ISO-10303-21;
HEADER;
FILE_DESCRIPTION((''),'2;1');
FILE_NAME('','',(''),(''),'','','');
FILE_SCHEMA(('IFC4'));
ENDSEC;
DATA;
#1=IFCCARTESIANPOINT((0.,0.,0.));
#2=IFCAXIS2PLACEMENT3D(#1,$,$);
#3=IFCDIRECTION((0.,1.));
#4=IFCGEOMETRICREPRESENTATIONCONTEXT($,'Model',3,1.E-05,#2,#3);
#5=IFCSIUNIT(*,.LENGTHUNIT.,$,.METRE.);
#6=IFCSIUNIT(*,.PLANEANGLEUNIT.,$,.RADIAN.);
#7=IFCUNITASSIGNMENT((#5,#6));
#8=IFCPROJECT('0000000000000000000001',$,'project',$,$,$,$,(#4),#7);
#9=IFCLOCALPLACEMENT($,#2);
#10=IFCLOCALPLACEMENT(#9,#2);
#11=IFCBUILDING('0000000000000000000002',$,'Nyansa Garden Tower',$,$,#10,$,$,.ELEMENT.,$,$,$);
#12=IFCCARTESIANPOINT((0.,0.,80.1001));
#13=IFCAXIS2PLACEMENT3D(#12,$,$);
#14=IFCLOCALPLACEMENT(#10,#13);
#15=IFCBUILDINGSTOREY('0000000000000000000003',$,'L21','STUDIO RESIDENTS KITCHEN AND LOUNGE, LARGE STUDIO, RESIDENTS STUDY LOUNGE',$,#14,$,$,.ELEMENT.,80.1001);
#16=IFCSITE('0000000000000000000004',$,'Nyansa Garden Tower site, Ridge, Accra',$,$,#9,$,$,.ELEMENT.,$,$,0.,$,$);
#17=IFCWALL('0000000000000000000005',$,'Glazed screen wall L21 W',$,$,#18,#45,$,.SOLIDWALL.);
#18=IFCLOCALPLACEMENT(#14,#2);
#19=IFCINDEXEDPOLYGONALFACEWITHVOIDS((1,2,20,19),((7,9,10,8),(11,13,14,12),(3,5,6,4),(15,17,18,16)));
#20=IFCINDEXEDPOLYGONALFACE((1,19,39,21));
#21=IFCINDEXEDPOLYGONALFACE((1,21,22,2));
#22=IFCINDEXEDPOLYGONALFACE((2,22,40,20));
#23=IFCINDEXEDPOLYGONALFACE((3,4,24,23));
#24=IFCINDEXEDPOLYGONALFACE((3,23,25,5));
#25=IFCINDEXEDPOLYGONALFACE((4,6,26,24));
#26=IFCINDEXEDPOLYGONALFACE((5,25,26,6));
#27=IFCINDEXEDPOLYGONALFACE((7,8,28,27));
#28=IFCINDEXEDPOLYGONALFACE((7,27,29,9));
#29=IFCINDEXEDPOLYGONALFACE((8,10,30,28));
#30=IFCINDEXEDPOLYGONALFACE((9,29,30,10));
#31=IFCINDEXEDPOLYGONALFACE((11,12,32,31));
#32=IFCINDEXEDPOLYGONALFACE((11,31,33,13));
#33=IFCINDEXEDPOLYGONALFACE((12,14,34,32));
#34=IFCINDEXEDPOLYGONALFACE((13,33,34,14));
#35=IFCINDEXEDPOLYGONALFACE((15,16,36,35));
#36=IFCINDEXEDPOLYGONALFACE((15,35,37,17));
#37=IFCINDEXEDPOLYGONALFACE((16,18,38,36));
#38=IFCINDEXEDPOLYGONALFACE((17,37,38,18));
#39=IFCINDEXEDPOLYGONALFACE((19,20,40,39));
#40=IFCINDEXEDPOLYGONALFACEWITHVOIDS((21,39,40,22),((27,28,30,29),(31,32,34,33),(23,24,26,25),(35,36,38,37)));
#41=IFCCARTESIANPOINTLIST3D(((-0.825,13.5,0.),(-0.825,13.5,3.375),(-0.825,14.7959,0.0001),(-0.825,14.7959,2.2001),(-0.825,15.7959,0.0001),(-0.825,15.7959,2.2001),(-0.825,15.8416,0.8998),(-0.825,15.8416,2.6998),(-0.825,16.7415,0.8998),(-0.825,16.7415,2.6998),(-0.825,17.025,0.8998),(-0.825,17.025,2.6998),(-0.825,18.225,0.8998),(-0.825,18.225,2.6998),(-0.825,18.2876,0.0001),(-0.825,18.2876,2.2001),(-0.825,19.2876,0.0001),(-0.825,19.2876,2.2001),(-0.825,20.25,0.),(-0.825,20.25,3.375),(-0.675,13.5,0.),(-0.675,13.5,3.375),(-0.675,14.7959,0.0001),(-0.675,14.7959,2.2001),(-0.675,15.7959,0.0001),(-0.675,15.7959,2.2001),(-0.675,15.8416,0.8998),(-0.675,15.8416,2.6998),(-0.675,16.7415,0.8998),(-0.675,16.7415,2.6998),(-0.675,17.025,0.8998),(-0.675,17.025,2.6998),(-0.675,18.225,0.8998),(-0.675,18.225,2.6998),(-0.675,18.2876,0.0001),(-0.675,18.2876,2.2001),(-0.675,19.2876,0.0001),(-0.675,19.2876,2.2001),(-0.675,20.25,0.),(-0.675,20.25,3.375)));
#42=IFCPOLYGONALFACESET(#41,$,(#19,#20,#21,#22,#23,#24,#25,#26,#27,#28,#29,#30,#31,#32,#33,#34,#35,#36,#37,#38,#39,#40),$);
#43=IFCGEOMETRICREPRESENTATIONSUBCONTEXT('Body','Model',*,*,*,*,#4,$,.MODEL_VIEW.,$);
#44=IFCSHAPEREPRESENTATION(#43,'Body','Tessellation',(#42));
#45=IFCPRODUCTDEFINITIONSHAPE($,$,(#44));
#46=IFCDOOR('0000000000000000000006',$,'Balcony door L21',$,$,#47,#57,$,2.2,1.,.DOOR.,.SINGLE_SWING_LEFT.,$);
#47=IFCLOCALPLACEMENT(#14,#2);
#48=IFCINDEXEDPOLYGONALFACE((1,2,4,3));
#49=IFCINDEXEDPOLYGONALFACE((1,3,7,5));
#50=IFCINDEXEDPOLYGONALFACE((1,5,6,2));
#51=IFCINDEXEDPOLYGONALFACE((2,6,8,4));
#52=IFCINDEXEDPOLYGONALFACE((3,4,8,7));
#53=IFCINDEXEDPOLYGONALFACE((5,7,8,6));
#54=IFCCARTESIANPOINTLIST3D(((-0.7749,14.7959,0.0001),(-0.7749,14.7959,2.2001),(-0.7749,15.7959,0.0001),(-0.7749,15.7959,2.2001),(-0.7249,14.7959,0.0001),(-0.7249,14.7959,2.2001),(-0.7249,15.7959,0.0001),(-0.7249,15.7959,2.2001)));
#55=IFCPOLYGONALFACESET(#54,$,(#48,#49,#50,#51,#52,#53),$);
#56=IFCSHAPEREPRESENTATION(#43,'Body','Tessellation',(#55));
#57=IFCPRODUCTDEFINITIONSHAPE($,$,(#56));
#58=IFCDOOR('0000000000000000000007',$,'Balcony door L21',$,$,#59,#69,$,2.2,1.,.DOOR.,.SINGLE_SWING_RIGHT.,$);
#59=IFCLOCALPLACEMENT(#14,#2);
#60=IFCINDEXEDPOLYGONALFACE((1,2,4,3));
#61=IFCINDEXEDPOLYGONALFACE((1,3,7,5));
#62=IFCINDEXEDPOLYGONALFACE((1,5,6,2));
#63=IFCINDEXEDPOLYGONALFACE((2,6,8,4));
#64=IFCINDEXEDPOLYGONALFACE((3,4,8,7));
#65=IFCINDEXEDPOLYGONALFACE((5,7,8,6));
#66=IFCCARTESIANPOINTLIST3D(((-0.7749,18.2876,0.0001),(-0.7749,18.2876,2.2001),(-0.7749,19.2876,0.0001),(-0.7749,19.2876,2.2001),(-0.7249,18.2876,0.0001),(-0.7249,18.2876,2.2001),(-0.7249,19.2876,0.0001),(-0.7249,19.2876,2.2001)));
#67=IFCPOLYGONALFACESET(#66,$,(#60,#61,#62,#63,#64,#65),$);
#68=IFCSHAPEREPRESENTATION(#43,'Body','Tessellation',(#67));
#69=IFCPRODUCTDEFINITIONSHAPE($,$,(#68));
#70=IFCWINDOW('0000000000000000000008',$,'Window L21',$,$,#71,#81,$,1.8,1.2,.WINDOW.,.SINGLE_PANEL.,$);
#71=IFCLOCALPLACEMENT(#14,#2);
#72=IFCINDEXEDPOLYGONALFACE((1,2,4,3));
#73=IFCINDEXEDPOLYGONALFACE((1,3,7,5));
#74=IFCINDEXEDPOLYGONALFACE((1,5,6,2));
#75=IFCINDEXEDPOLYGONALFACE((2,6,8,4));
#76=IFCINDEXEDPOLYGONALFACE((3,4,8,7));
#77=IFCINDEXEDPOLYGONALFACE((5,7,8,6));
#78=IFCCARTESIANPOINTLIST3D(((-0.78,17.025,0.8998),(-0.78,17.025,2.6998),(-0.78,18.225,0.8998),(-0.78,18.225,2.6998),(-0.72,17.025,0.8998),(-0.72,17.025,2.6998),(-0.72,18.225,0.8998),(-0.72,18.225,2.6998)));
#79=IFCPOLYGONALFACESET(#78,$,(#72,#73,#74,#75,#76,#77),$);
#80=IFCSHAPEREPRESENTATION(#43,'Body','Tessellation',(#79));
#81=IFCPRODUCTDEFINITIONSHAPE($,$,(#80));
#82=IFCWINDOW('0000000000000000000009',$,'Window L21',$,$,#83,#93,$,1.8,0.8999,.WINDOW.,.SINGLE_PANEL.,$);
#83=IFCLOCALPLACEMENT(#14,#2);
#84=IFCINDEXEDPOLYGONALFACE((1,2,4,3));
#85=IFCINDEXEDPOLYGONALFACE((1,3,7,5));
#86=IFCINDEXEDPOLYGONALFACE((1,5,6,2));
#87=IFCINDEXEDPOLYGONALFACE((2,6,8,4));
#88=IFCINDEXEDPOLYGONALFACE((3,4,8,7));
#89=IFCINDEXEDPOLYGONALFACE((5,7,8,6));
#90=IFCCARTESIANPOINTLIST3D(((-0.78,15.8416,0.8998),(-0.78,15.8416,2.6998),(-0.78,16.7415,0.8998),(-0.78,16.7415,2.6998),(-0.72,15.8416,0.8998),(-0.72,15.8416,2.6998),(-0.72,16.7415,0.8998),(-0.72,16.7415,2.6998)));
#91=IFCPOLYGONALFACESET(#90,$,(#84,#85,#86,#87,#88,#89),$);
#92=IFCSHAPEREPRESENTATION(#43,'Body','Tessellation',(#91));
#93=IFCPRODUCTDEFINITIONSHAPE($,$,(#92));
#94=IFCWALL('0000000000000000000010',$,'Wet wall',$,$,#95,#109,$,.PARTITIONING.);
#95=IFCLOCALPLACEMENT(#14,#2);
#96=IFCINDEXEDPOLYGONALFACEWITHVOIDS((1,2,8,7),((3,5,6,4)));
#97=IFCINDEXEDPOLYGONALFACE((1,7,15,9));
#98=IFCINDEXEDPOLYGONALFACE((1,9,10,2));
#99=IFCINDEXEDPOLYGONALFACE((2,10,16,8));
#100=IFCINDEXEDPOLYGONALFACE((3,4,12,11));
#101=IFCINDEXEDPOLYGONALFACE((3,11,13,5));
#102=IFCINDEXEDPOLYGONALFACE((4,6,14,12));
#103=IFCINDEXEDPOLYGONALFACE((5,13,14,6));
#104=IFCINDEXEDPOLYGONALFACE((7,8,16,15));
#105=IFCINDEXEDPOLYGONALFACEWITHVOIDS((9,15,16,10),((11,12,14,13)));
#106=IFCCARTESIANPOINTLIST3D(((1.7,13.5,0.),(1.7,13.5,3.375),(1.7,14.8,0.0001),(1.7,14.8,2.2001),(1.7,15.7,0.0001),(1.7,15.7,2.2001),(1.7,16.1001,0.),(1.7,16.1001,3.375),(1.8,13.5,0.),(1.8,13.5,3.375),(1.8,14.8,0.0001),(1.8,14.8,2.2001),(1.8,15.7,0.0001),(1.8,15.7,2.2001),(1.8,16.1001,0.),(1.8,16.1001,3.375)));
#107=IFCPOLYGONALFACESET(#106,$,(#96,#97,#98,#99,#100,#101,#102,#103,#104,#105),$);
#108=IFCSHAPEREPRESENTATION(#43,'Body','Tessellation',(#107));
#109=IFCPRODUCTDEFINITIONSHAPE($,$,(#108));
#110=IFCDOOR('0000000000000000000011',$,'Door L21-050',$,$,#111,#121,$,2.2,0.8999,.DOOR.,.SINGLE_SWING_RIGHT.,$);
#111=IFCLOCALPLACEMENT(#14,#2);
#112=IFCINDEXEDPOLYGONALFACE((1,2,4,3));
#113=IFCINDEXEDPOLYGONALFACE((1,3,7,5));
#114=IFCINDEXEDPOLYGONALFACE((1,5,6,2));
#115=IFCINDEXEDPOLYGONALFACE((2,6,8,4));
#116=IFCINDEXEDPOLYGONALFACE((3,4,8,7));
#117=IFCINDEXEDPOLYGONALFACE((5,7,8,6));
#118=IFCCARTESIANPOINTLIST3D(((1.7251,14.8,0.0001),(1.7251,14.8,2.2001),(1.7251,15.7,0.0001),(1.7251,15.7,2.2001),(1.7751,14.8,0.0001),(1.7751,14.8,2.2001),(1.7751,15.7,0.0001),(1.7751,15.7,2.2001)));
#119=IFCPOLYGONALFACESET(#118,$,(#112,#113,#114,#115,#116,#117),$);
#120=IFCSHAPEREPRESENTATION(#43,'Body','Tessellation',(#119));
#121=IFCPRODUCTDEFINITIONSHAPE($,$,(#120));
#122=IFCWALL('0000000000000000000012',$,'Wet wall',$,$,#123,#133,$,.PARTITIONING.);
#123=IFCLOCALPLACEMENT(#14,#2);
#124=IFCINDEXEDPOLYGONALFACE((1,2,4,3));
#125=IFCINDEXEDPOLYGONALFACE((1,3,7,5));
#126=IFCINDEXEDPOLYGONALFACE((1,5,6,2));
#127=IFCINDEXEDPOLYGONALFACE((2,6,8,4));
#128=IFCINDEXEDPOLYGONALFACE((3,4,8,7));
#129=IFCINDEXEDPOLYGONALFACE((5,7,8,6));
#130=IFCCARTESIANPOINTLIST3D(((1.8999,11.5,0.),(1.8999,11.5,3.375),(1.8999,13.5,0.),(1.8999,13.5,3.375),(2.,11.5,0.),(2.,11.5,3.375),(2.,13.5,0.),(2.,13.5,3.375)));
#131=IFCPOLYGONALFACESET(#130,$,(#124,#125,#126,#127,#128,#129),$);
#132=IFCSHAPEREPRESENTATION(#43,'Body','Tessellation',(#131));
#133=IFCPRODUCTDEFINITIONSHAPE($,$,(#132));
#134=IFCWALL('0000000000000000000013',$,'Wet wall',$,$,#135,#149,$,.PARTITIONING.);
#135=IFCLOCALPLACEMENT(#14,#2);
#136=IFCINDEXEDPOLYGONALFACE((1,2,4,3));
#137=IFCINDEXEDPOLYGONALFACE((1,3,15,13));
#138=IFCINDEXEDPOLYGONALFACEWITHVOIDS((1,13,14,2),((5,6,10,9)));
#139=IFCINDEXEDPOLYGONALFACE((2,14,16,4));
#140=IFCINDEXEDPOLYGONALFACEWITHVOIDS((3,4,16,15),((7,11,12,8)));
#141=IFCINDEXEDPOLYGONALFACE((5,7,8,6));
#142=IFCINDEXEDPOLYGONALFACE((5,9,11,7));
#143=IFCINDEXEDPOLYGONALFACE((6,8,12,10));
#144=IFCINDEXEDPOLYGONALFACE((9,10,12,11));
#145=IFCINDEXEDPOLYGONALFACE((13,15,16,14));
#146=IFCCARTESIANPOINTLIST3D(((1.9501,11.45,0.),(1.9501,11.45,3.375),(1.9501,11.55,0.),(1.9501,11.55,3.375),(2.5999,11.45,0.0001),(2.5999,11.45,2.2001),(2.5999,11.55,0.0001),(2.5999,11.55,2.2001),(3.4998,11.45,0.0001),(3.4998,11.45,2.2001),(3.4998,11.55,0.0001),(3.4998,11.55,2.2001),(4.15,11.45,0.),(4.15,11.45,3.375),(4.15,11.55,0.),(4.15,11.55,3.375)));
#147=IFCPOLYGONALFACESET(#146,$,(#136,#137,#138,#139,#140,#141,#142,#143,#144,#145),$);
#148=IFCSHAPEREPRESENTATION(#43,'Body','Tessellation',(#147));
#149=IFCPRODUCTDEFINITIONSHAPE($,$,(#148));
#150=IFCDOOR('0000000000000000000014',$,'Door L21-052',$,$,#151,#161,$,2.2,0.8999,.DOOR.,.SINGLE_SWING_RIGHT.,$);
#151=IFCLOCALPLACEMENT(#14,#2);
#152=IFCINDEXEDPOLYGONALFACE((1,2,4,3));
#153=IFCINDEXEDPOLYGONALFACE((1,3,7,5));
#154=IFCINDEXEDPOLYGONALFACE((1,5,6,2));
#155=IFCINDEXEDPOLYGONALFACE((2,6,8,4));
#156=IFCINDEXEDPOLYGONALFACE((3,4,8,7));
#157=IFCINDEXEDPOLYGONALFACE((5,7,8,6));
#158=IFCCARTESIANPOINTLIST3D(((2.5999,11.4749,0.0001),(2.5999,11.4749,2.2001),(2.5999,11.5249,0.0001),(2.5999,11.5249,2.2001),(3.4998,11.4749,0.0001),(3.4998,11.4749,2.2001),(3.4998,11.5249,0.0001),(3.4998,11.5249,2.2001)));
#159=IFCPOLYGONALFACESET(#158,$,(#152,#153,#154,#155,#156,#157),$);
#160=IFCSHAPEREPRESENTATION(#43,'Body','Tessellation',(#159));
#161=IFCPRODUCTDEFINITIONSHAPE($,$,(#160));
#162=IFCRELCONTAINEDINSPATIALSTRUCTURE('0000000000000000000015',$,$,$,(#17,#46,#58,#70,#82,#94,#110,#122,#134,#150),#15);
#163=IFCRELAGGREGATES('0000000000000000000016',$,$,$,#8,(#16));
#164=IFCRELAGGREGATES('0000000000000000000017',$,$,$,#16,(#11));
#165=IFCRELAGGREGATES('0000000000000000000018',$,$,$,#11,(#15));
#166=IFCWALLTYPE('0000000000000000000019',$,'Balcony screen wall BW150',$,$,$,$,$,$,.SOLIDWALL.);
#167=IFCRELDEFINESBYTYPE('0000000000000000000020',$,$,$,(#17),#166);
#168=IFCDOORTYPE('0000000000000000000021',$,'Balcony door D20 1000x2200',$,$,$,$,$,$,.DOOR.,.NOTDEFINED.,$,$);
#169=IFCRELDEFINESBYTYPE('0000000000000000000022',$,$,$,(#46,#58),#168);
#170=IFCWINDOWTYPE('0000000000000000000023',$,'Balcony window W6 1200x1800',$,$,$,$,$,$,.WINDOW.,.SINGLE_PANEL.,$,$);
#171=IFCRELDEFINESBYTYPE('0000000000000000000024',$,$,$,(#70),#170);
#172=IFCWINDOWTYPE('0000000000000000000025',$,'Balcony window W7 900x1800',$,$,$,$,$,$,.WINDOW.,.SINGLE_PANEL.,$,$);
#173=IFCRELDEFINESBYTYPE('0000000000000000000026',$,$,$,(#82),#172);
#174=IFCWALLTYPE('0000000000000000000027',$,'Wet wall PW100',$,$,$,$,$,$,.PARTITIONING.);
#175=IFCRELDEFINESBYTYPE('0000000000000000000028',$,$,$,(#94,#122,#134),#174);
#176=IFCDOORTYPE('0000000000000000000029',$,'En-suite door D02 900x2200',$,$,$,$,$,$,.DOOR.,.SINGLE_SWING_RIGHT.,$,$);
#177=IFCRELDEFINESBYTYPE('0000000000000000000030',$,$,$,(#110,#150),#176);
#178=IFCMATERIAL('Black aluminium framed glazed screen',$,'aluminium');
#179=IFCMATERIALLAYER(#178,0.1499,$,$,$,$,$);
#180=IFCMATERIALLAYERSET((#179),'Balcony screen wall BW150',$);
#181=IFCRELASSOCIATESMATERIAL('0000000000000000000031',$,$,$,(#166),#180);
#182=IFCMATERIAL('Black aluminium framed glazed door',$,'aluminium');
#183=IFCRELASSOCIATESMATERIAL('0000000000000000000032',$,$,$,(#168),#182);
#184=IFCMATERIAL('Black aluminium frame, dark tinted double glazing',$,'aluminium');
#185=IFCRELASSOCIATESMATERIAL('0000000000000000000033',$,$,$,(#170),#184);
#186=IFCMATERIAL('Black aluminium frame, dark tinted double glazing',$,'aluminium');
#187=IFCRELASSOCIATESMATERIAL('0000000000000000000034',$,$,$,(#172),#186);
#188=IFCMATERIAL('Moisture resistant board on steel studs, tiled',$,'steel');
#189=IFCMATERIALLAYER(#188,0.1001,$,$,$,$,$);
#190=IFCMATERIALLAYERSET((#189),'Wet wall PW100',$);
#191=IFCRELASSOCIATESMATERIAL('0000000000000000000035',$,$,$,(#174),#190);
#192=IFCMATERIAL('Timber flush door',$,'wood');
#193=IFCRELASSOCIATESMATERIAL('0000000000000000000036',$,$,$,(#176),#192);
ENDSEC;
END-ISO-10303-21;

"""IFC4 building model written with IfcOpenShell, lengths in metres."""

from ifc_helpers import new_model, si_unit, direction, frame, frame_2d, origin, place, context, subcontext, project, spatial, rectangle, extrude, material, layer, layer_set, type_object, element, fill, save


model = new_model("IFC4")

# Units and contexts
model_context = context("Model", 3, precision=1e-05, world=origin(), true_north=direction((0.0, 1.0)))
body_context = subcontext(model_context, "Body", "Model", "MODEL_VIEW")
ifc_project = project(units=[si_unit("LENGTHUNIT", "METRE"), si_unit("PLANEANGLEUNIT", "RADIAN")], contexts=[model_context])

# Site, building, storey
site_placement = place(None, origin())
site = spatial("IfcSite", under=ifc_project, at=site_placement, Name="Nyansa Garden Tower site, Ridge, Accra", CompositionType="ELEMENT", RefElevation=0.0)
building_placement = place(site_placement, origin())
building = spatial("IfcBuilding", under=site, at=building_placement, Name="Nyansa Garden Tower", CompositionType="ELEMENT")
storey_placement = place(building_placement, frame((0.0, 0.0, 80.1001)))
storey = spatial("IfcBuildingStorey", under=building, at=storey_placement, Name="L21", Description="STUDIO RESIDENTS KITCHEN AND LOUNGE, LARGE STUDIO, RESIDENTS STUDY LOUNGE", CompositionType="ELEMENT", Elevation=80.1001)

# Wall, openings, doors, windows
ifc_material_1 = material(Name="Black aluminium framed glazed screen", Category="aluminium")
ifc_layer_1 = layer(ifc_material_1, 0.1499)
ifc_layer_set_1 = layer_set([ifc_layer_1], Name="Balcony screen wall BW150")
wall_type_1 = type_object("IfcWallType", Name="Balcony screen wall BW150", PredefinedType="SOLIDWALL", material=ifc_layer_set_1)
wall_1_placement = place(storey_placement, frame((-0.75, 13.5, 0.0), z_axis=(0.0, 0.0, 1.0), x_axis=(0.0, 1.0, 0.0)))
wall_1 = element("IfcWall", 1, at=wall_1_placement, inside=storey, type_object=wall_type_1, Name="Glazed screen wall L21 W", PredefinedType="SOLIDWALL", context=body_context, shape_type="SweptSolid", body=[
    extrude(rectangle(XDim=6.75, YDim=0.1499, at=frame_2d((3.375, 0.0))), origin(), (0.0, 0.0, 1.0), 3.375),
])
opening_1_placement = place(wall_1_placement, frame((1.2959, 0.0, 0.0)))
opening_1 = element("IfcOpeningElement", 2, at=opening_1_placement, cuts=wall_1, PredefinedType="OPENING", context=body_context, shape_type="SweptSolid", body=[
    extrude(rectangle(XDim=1.0, YDim=2.2, at=frame_2d((0.5, 1.1001))), frame((0.0, 0.085, 0.0), z_axis=(0.0, -1.0, 0.0), x_axis=(1.0, 0.0, 0.0)), (0.0, 0.0, 1.0), 0.1699),
])
opening_2_placement = place(wall_1_placement, frame((2.3416, 0.0, 0.8999)))
opening_2 = element("IfcOpeningElement", 3, at=opening_2_placement, cuts=wall_1, PredefinedType="OPENING", context=body_context, shape_type="SweptSolid", body=[
    extrude(rectangle(XDim=0.8999, YDim=1.8, at=frame_2d((0.45, 0.8999))), frame((0.0, 0.085, 0.0), z_axis=(0.0, -1.0, 0.0), x_axis=(1.0, 0.0, 0.0)), (0.0, 0.0, 1.0), 0.1699),
])
opening_3_placement = place(wall_1_placement, frame((4.7876, 0.0, 0.0)))
opening_3 = element("IfcOpeningElement", 4, at=opening_3_placement, cuts=wall_1, PredefinedType="OPENING", context=body_context, shape_type="SweptSolid", body=[
    extrude(rectangle(XDim=1.0, YDim=2.2, at=frame_2d((0.5, 1.1001))), frame((0.0, 0.085, 0.0), z_axis=(0.0, -1.0, 0.0), x_axis=(1.0, 0.0, 0.0)), (0.0, 0.0, 1.0), 0.1699),
])
opening_4_placement = place(wall_1_placement, frame((3.5249, 0.0, 0.8999)))
opening_4 = element("IfcOpeningElement", 5, at=opening_4_placement, cuts=wall_1, PredefinedType="OPENING", context=body_context, shape_type="SweptSolid", body=[
    extrude(rectangle(XDim=1.2, YDim=1.8, at=frame_2d((0.6001, 0.8999))), frame((0.0, 0.085, 0.0), z_axis=(0.0, -1.0, 0.0), x_axis=(1.0, 0.0, 0.0)), (0.0, 0.0, 1.0), 0.1699),
])
ifc_material_2 = material(Name="Black aluminium framed glazed door", Category="aluminium")
door_type_1 = type_object("IfcDoorType", Name="Balcony door D20 1000x2200", OperationType="NOTDEFINED", PredefinedType="DOOR", material=ifc_material_2)
door_1_placement = place(opening_1_placement, origin())
door_1 = element("IfcDoor", 6, at=door_1_placement, inside=storey, type_object=door_type_1, Name="Balcony door L21", OperationType="SINGLE_SWING_LEFT", OverallHeight=2.2, OverallWidth=1.0, PredefinedType="DOOR", context=body_context, shape_type="SweptSolid", body=[
    extrude(rectangle(XDim=1.0, YDim=2.2, at=frame_2d((0.5, 1.1001))), frame((0.0, 0.0249, 0.0), z_axis=(0.0, -1.0, 0.0), x_axis=(1.0, 0.0, 0.0)), (0.0, 0.0, 1.0), 0.05),
])
fill(opening_1, door_1)
door_2_placement = place(opening_3_placement, origin())
door_2 = element("IfcDoor", 7, at=door_2_placement, inside=storey, type_object=door_type_1, Name="Balcony door L21", OperationType="SINGLE_SWING_RIGHT", OverallHeight=2.2, OverallWidth=1.0, PredefinedType="DOOR", context=body_context, shape_type="SweptSolid", body=[
    extrude(rectangle(XDim=1.0, YDim=2.2, at=frame_2d((0.5, 1.1001))), frame((0.0, 0.0249, 0.0), z_axis=(0.0, -1.0, 0.0), x_axis=(1.0, 0.0, 0.0)), (0.0, 0.0, 1.0), 0.05),
])
fill(opening_3, door_2)
ifc_material_3 = material(Name="Black aluminium frame, dark tinted double glazing", Category="aluminium")
window_type_1 = type_object("IfcWindowType", Name="Balcony window W6 1200x1800", PartitioningType="SINGLE_PANEL", PredefinedType="WINDOW", material=ifc_material_3)
window_1_placement = place(opening_4_placement, origin())
window_1 = element("IfcWindow", 8, at=window_1_placement, inside=storey, type_object=window_type_1, Name="Window L21", OverallHeight=1.8, OverallWidth=1.2, PartitioningType="SINGLE_PANEL", PredefinedType="WINDOW", context=body_context, shape_type="SweptSolid", body=[
    extrude(rectangle(XDim=1.2, YDim=1.8, at=frame_2d((0.6001, 0.8999))), frame((0.0, 0.03, 0.0), z_axis=(0.0, -1.0, 0.0), x_axis=(1.0, 0.0, 0.0)), (0.0, 0.0, 1.0), 0.0601),
])
fill(opening_4, window_1)
ifc_material_4 = material(Name="Black aluminium frame, dark tinted double glazing", Category="aluminium")
window_type_2 = type_object("IfcWindowType", Name="Balcony window W7 900x1800", PartitioningType="SINGLE_PANEL", PredefinedType="WINDOW", material=ifc_material_4)
window_2_placement = place(opening_2_placement, origin())
window_2 = element("IfcWindow", 9, at=window_2_placement, inside=storey, type_object=window_type_2, Name="Window L21", OverallHeight=1.8, OverallWidth=0.8999, PartitioningType="SINGLE_PANEL", PredefinedType="WINDOW", context=body_context, shape_type="SweptSolid", body=[
    extrude(rectangle(XDim=0.8999, YDim=1.8, at=frame_2d((0.45, 0.8999))), frame((0.0, 0.03, 0.0), z_axis=(0.0, -1.0, 0.0), x_axis=(1.0, 0.0, 0.0)), (0.0, 0.0, 1.0), 0.0601),
])
fill(opening_2, window_2)

# Wall, opening, door
ifc_material_5 = material(Name="Moisture resistant board on steel studs, tiled", Category="steel")
ifc_layer_2 = layer(ifc_material_5, 0.1001)
ifc_layer_set_2 = layer_set([ifc_layer_2], Name="Wet wall PW100")
wall_type_2 = type_object("IfcWallType", Name="Wet wall PW100", PredefinedType="PARTITIONING", material=ifc_layer_set_2)
wall_2_placement = place(storey_placement, frame((1.75, 13.5, 0.0), z_axis=(0.0, 0.0, 1.0), x_axis=(0.0, 1.0, 0.0)))
wall_2 = element("IfcWall", 10, at=wall_2_placement, inside=storey, type_object=wall_type_2, Name="Wet wall", PredefinedType="PARTITIONING", context=body_context, shape_type="SweptSolid", body=[
    extrude(rectangle(XDim=2.6001, YDim=0.1001, at=frame_2d((1.3, 0.0))), origin(), (0.0, 0.0, 1.0), 3.375),
])
opening_5_placement = place(wall_2_placement, frame((1.3, 0.0, 0.0)))
opening_5 = element("IfcOpeningElement", 11, at=opening_5_placement, cuts=wall_2, PredefinedType="OPENING", context=body_context, shape_type="SweptSolid", body=[
    extrude(rectangle(XDim=0.8999, YDim=2.2, at=frame_2d((0.45, 1.1001))), frame((0.0, 0.0601, 0.0), z_axis=(0.0, -1.0, 0.0), x_axis=(1.0, 0.0, 0.0)), (0.0, 0.0, 1.0), 0.1201),
])
ifc_material_6 = material(Name="Timber flush door", Category="wood")
door_type_2 = type_object("IfcDoorType", Name="En-suite door D02 900x2200", OperationType="SINGLE_SWING_RIGHT", PredefinedType="DOOR", material=ifc_material_6)
door_3_placement = place(opening_5_placement, origin())
door_3 = element("IfcDoor", 12, at=door_3_placement, inside=storey, type_object=door_type_2, Name="Door L21-050", OperationType="SINGLE_SWING_RIGHT", OverallHeight=2.2, OverallWidth=0.8999, PredefinedType="DOOR", context=body_context, shape_type="SweptSolid", body=[
    extrude(rectangle(XDim=0.8999, YDim=2.2, at=frame_2d((0.45, 1.1001))), frame((0.0, 0.0249, 0.0), z_axis=(0.0, -1.0, 0.0), x_axis=(1.0, 0.0, 0.0)), (0.0, 0.0, 1.0), 0.05),
])
fill(opening_5, door_3)

# Wall
wall_3_placement = place(storey_placement, frame((1.95, 11.5, 0.0), z_axis=(0.0, 0.0, 1.0), x_axis=(0.0, 1.0, 0.0)))
element("IfcWall", 13, at=wall_3_placement, inside=storey, type_object=wall_type_2, Name="Wet wall", PredefinedType="PARTITIONING", context=body_context, shape_type="SweptSolid", body=[
    extrude(rectangle(XDim=2.0, YDim=0.1001, at=frame_2d((1.0, 0.0))), origin(), (0.0, 0.0, 1.0), 3.375),
])

# Wall, opening, door
wall_4_placement = place(storey_placement, frame((1.95, 11.5, 0.0), z_axis=(0.0, 0.0, 1.0), x_axis=(1.0, 0.0, 0.0)))
wall_4 = element("IfcWall", 14, at=wall_4_placement, inside=storey, type_object=wall_type_2, Name="Wet wall", PredefinedType="PARTITIONING", context=body_context, shape_type="SweptSolid", body=[
    extrude(rectangle(XDim=2.2, YDim=0.1001, at=frame_2d((1.1001, 0.0))), origin(), (0.0, 0.0, 1.0), 3.375),
])
opening_6_placement = place(wall_4_placement, frame((0.6499, 0.0, 0.0)))
opening_6 = element("IfcOpeningElement", 15, at=opening_6_placement, cuts=wall_4, PredefinedType="OPENING", context=body_context, shape_type="SweptSolid", body=[
    extrude(rectangle(XDim=0.8999, YDim=2.2, at=frame_2d((0.45, 1.1001))), frame((0.0, 0.0601, 0.0), z_axis=(0.0, -1.0, 0.0), x_axis=(1.0, 0.0, 0.0)), (0.0, 0.0, 1.0), 0.1201),
])
door_4_placement = place(opening_6_placement, origin())
door_4 = element("IfcDoor", 16, at=door_4_placement, inside=storey, type_object=door_type_2, Name="Door L21-052", OperationType="SINGLE_SWING_RIGHT", OverallHeight=2.2, OverallWidth=0.8999, PredefinedType="DOOR", context=body_context, shape_type="SweptSolid", body=[
    extrude(rectangle(XDim=0.8999, YDim=2.2, at=frame_2d((0.45, 1.1001))), frame((0.0, 0.0249, 0.0), z_axis=(0.0, -1.0, 0.0), x_axis=(1.0, 0.0, 0.0)), (0.0, 0.0, 1.0), 0.05),
])
fill(opening_6, door_4)

save(model, "model.ifc")
